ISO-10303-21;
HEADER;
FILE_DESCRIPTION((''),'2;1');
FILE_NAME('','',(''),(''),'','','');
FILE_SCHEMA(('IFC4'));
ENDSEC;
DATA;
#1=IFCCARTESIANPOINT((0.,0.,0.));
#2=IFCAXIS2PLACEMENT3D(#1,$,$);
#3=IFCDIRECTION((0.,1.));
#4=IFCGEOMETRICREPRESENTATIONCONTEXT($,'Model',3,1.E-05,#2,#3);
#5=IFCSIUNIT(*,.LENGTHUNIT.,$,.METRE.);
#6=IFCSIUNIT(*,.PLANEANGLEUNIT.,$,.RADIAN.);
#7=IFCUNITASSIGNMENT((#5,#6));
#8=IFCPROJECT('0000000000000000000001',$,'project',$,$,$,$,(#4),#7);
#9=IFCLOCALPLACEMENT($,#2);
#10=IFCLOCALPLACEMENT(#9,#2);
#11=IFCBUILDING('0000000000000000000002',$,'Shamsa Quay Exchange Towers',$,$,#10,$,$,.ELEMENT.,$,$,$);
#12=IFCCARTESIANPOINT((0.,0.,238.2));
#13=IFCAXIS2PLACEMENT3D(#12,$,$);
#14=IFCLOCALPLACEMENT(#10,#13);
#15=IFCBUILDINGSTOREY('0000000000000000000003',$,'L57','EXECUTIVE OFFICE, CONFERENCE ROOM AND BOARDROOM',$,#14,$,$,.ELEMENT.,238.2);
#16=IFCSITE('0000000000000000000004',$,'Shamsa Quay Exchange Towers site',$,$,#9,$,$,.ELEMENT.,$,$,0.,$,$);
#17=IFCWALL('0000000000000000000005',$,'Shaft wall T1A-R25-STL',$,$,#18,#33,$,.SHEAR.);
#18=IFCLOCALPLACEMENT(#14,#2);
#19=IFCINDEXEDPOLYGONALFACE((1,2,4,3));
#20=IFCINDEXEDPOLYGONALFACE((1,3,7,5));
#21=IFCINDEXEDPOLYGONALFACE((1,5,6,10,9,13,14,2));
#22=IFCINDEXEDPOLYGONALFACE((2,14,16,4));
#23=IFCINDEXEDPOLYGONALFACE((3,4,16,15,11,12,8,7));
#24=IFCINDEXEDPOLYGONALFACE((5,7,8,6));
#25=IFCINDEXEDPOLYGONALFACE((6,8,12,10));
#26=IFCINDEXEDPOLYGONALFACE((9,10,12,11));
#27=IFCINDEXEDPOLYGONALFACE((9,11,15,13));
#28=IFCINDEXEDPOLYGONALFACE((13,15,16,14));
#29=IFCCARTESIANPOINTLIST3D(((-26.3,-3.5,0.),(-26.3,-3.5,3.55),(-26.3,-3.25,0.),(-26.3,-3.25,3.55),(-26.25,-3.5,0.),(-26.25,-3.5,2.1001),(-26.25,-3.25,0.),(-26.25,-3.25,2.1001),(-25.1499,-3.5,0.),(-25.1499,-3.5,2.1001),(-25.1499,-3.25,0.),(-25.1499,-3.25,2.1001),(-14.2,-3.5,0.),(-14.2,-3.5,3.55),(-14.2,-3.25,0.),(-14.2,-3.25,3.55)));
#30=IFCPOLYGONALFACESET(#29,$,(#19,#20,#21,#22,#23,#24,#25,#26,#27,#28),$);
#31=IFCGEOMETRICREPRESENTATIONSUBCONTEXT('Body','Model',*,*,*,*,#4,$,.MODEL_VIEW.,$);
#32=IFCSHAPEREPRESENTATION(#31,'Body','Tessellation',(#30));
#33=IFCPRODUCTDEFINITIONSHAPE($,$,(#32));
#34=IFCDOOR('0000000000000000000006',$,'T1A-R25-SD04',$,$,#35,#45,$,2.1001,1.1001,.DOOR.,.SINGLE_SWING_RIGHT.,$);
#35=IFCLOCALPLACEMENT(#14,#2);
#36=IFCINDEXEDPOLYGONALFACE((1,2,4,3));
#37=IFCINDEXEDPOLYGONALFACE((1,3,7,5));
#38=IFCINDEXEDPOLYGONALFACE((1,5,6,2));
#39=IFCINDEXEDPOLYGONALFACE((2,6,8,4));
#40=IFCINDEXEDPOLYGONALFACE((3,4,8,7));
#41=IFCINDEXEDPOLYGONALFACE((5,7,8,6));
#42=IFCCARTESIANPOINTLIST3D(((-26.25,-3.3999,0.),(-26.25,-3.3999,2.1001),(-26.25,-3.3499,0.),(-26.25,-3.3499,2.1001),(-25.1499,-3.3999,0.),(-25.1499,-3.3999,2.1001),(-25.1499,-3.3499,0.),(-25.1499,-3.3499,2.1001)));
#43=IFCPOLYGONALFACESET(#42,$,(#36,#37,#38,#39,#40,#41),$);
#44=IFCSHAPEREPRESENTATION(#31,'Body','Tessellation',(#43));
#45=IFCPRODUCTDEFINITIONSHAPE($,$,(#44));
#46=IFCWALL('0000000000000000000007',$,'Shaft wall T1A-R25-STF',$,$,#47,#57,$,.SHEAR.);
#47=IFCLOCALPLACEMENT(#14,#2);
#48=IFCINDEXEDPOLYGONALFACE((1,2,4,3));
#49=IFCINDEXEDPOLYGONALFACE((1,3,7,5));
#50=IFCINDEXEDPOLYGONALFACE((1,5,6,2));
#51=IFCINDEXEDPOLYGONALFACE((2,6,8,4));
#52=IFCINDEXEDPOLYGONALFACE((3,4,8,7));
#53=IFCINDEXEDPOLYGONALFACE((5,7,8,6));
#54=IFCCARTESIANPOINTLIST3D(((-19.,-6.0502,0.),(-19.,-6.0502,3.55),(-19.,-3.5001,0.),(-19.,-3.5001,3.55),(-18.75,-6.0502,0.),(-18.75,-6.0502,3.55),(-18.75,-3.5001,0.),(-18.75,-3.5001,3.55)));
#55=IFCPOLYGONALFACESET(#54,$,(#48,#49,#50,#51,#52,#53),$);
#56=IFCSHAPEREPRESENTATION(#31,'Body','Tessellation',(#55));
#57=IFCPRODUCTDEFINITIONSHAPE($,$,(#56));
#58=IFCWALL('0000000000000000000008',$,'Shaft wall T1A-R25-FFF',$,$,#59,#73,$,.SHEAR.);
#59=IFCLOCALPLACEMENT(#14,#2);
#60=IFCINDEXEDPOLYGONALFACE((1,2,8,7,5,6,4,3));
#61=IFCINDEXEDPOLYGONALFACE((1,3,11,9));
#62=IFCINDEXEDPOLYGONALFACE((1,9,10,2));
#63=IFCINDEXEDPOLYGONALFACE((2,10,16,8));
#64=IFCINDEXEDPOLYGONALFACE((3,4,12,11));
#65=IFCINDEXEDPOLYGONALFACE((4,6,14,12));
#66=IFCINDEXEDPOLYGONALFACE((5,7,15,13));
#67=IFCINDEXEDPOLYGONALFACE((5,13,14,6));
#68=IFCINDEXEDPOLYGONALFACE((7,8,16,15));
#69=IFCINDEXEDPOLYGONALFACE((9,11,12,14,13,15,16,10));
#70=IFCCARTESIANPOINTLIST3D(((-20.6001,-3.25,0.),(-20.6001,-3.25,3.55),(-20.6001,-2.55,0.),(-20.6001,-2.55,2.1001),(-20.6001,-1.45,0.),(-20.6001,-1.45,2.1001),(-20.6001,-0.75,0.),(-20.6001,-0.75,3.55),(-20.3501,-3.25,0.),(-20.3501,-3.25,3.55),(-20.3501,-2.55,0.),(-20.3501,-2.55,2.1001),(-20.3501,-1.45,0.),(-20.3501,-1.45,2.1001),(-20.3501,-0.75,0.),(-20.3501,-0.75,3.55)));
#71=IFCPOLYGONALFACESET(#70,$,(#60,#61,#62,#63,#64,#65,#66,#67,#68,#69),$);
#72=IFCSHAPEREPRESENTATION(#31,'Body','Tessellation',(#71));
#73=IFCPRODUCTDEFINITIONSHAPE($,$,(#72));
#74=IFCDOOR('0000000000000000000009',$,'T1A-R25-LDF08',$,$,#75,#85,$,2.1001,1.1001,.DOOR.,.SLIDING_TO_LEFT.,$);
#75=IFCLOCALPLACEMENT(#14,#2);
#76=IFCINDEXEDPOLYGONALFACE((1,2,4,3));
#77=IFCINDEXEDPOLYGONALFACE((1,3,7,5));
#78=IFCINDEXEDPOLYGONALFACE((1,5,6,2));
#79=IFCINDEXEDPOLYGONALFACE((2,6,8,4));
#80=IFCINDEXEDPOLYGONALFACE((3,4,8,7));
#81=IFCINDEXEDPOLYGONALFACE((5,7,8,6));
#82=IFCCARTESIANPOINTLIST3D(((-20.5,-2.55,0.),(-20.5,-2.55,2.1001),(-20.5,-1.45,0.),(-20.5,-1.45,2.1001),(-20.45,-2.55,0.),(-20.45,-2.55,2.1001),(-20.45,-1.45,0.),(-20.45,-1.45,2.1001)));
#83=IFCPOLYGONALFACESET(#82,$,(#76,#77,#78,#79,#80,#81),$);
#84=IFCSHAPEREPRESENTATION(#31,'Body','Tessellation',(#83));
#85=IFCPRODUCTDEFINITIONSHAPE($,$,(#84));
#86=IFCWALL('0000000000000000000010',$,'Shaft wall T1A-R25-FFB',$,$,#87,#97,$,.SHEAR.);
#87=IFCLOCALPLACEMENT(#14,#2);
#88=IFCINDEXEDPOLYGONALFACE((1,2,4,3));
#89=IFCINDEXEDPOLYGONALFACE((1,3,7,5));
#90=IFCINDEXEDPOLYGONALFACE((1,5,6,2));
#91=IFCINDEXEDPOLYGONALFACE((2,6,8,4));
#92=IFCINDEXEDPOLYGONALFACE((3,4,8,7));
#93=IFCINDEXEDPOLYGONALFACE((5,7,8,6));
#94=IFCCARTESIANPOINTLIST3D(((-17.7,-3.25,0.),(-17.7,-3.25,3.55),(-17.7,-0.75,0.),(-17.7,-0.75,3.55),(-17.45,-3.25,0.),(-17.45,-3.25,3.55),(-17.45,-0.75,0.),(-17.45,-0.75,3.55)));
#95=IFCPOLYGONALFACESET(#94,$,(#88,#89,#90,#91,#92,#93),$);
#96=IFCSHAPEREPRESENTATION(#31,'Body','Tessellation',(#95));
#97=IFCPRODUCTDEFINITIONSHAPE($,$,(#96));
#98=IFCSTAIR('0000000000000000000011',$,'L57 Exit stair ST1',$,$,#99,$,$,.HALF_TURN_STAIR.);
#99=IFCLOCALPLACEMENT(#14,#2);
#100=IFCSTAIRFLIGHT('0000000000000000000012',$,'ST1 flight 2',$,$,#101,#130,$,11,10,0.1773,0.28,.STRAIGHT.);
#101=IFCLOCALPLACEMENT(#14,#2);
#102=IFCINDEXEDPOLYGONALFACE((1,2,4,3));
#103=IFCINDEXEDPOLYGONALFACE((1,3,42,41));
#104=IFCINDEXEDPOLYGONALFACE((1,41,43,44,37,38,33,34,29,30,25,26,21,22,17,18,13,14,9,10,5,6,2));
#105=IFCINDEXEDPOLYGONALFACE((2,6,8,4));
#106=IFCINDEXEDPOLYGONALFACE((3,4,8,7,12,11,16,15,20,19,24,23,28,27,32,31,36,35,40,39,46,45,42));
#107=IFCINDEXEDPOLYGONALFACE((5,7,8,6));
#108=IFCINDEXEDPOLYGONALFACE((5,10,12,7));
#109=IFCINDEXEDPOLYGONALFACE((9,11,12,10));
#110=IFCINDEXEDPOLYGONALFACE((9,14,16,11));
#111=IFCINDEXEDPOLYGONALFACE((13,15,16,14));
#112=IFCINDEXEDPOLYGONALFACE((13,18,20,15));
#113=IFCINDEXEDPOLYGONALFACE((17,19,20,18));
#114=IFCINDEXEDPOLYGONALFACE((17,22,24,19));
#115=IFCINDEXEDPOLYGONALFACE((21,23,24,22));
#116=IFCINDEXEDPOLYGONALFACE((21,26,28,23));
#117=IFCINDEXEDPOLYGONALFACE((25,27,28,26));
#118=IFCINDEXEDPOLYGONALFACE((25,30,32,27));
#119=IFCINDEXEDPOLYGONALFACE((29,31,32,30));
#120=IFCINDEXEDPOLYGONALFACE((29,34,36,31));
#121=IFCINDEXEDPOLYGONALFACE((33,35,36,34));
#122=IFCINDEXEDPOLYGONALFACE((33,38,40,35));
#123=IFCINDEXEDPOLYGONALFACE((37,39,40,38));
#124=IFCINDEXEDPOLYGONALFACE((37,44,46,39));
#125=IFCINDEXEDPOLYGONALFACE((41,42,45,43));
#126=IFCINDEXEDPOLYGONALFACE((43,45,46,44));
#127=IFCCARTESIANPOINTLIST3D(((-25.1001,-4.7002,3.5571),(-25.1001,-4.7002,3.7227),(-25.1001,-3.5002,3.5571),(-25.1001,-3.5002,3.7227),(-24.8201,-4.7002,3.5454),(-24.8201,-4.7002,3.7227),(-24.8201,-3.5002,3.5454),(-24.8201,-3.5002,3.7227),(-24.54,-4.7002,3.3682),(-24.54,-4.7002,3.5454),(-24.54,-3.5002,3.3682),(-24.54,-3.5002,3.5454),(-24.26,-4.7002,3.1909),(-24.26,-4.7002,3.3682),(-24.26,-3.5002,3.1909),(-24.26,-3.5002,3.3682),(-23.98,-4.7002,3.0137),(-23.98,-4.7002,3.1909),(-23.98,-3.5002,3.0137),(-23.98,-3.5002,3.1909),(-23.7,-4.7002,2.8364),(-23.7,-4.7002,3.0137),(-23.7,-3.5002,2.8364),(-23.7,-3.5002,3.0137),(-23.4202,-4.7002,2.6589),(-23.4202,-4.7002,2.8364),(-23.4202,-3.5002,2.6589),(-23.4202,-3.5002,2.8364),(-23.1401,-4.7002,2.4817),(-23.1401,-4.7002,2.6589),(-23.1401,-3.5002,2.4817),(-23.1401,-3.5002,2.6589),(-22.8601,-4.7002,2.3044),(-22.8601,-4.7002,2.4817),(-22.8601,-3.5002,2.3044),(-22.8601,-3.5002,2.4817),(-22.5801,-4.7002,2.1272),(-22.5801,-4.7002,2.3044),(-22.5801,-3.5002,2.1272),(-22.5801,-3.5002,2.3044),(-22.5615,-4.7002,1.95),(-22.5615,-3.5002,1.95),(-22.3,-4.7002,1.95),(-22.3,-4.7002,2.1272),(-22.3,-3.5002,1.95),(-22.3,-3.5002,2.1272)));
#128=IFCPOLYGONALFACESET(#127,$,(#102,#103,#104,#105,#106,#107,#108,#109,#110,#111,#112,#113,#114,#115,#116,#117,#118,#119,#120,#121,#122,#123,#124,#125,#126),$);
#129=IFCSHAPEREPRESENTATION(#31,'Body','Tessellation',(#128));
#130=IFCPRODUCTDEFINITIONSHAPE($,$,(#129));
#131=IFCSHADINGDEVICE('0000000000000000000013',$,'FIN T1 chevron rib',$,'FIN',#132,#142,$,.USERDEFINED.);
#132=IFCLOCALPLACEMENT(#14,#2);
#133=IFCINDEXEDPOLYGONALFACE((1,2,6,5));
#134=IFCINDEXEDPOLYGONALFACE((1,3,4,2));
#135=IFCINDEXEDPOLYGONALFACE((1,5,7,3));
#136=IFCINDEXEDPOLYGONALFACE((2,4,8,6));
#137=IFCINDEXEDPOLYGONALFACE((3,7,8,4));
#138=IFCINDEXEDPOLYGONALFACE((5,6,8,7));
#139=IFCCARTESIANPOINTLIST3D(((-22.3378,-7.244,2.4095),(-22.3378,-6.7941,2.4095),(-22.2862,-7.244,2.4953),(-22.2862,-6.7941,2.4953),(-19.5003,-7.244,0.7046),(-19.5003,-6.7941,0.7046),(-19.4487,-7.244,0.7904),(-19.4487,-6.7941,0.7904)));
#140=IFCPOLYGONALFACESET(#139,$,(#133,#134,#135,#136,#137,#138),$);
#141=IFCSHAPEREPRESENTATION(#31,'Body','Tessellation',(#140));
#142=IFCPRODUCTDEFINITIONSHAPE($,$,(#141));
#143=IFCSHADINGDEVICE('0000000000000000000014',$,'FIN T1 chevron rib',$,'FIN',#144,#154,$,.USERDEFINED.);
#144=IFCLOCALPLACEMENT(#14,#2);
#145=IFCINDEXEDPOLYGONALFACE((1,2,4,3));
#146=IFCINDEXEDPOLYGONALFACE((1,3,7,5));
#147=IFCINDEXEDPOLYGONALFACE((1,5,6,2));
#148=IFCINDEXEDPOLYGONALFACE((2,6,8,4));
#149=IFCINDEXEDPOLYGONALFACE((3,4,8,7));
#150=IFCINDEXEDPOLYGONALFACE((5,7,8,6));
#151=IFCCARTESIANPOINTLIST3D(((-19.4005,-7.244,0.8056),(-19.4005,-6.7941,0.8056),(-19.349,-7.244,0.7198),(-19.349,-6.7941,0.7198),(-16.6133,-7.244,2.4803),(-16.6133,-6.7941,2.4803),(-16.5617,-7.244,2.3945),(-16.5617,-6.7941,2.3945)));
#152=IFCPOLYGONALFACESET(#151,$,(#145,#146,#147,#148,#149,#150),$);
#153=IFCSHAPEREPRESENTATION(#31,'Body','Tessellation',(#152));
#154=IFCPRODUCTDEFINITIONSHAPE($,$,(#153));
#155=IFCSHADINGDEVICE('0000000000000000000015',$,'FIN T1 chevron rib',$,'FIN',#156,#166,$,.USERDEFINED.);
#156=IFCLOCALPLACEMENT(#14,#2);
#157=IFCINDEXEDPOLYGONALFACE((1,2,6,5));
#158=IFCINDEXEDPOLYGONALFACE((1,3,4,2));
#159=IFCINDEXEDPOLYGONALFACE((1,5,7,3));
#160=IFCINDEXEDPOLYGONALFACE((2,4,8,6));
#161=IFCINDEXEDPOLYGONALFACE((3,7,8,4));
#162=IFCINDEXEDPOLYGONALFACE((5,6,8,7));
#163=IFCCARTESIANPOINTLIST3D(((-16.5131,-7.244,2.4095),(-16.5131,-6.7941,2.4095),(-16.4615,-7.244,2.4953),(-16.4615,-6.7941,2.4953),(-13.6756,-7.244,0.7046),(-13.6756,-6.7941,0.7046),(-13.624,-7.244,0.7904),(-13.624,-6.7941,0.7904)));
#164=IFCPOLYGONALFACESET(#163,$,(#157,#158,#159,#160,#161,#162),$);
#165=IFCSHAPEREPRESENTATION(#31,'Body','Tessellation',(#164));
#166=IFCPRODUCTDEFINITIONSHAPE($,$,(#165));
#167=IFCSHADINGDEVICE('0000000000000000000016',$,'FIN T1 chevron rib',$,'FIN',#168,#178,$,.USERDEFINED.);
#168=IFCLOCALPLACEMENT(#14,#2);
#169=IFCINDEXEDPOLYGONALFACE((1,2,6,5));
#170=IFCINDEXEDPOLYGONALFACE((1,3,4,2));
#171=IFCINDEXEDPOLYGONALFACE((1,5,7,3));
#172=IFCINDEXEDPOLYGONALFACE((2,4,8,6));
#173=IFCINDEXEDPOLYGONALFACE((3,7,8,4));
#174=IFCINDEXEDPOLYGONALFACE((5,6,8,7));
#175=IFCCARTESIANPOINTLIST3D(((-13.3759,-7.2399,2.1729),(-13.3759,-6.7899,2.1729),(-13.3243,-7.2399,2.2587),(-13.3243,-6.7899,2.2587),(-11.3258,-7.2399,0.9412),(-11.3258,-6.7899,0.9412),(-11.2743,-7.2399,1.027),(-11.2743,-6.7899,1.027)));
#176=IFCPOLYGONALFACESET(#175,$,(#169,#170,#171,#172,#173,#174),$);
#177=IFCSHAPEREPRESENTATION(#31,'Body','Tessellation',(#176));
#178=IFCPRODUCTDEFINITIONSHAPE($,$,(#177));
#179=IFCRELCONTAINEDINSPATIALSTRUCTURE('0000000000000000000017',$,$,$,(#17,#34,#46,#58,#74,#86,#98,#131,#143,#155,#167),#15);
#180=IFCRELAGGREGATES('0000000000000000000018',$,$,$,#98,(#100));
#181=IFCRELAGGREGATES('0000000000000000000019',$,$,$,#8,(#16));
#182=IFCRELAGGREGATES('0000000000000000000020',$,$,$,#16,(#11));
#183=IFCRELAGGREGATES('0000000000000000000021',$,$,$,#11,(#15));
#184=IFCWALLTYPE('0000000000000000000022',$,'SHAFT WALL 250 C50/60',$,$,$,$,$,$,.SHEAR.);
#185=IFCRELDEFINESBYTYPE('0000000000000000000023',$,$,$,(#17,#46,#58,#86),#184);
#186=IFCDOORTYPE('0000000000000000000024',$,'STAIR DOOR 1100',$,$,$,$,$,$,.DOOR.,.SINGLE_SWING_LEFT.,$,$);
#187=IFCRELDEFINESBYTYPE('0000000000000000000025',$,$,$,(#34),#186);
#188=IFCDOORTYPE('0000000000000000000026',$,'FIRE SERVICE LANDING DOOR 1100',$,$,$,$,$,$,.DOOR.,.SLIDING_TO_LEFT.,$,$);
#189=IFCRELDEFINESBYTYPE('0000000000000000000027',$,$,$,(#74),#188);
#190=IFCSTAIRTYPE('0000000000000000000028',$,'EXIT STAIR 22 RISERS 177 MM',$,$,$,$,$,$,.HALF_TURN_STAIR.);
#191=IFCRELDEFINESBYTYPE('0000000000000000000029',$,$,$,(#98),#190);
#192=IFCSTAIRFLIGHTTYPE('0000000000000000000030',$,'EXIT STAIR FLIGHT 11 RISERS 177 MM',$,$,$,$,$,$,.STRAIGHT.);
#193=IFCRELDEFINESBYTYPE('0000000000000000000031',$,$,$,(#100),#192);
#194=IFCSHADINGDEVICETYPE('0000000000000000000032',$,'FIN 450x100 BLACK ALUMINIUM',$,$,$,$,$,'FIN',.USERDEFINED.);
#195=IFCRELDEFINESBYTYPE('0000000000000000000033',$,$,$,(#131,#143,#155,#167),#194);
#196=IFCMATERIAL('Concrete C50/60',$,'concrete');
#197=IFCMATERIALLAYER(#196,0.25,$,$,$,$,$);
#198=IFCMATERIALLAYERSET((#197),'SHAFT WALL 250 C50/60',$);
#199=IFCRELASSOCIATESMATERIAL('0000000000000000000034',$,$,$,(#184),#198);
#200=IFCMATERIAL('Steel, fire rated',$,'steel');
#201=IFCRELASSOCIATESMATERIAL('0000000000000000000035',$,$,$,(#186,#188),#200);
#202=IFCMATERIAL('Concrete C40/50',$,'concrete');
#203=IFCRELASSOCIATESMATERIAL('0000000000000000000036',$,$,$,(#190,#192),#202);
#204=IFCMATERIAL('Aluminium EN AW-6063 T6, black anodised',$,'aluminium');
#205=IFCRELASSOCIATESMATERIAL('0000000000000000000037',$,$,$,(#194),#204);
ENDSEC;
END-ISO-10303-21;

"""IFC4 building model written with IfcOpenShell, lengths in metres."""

from ifc_helpers import new_model, si_unit, direction, frame, frame_2d, origin, origin_2d, place, context, subcontext, project, spatial, polyline, rectangle, outline, extrude, material, layer, layer_set, material_profile, profile_set, type_object, element, fill, aggregate, save


model = new_model("IFC4")

# Units and contexts
model_context = context("Model", 3, precision=1e-05, world=origin(), true_north=direction((0.0, 1.0)))
body_context = subcontext(model_context, "Body", "Model", "MODEL_VIEW")
ifc_project = project(units=[si_unit("LENGTHUNIT", "METRE"), si_unit("PLANEANGLEUNIT", "RADIAN")], contexts=[model_context])

# Site, building, storey
site_placement = place(None, origin())
site = spatial("IfcSite", under=ifc_project, at=site_placement, Name="Shamsa Quay Exchange Towers site", CompositionType="ELEMENT", RefElevation=0.0)
building_placement = place(site_placement, origin())
building = spatial("IfcBuilding", under=site, at=building_placement, Name="Shamsa Quay Exchange Towers", CompositionType="ELEMENT")
storey_placement = place(building_placement, frame((0.0, 0.0, 238.2)))
storey = spatial("IfcBuildingStorey", under=building, at=storey_placement, Name="L57", Description="EXECUTIVE OFFICE, CONFERENCE ROOM AND BOARDROOM", CompositionType="ELEMENT", Elevation=238.2)

# Shared definitions
ifc_material_1 = material(Name="Aluminium EN AW-6063 T6, black anodised", Category="aluminium")

# Wall, opening, door
ifc_material_2 = material(Name="Concrete C50/60", Category="concrete")
ifc_layer_1 = layer(ifc_material_2, 0.25)
ifc_layer_set_1 = layer_set([ifc_layer_1], Name="SHAFT WALL 250 C50/60")
wall_type_1 = type_object("IfcWallType", Name="SHAFT WALL 250 C50/60", PredefinedType="SHEAR", material=ifc_layer_set_1)
wall_1_placement = place(storey_placement, frame((-14.2, -3.375, 0.0), z_axis=(0.0, 0.0, 1.0), x_axis=(-1.0, 0.0, 0.0)))
wall_1 = element("IfcWall", 1, at=wall_1_placement, inside=storey, type_object=wall_type_1, Name="Shaft wall T1A-R25-STL", PredefinedType="SHEAR", context=body_context, shape_type="SweptSolid", body=[
    extrude(rectangle(XDim=12.1001, YDim=0.25, at=frame_2d((6.05, 0.0))), origin(), (0.0, 0.0, 1.0), 3.55),
])
opening_1_placement = place(wall_1_placement, frame((10.95, 0.0, 0.0)))
opening_1 = element("IfcOpeningElement", 2, at=opening_1_placement, cuts=wall_1, PredefinedType="OPENING", context=body_context, shape_type="SweptSolid", body=[
    extrude(rectangle(XDim=1.1001, YDim=2.1001, at=frame_2d((0.55, 1.05))), frame((0.0, 0.135, 0.0), z_axis=(0.0, -1.0, 0.0), x_axis=(1.0, 0.0, 0.0)), (0.0, 0.0, 1.0), 0.27),
])
ifc_material_3 = material(Name="Steel, fire rated", Category="steel")
door_type_1 = type_object("IfcDoorType", Name="STAIR DOOR 1100", OperationType="SINGLE_SWING_LEFT", PredefinedType="DOOR", material=ifc_material_3)
door_1_placement = place(opening_1_placement, origin())
door_1 = element("IfcDoor", 3, at=door_1_placement, inside=storey, type_object=door_type_1, Name="T1A-R25-SD04", OperationType="SINGLE_SWING_RIGHT", OverallHeight=2.1001, OverallWidth=1.1001, PredefinedType="DOOR", context=body_context, shape_type="SweptSolid", body=[
    extrude(rectangle(XDim=1.1001, YDim=2.1001, at=frame_2d((0.55, 1.05))), frame((0.0, 0.0249, 0.0), z_axis=(0.0, -1.0, 0.0), x_axis=(1.0, 0.0, 0.0)), (0.0, 0.0, 1.0), 0.05),
])
fill(opening_1, door_1)

# Wall
wall_2_placement = place(storey_placement, frame((-18.875, -6.05, 0.0), z_axis=(0.0, 0.0, 1.0), x_axis=(0.0, 1.0, 0.0)))
element("IfcWall", 4, at=wall_2_placement, inside=storey, type_object=wall_type_1, Name="Shaft wall T1A-R25-STF", PredefinedType="SHEAR", context=body_context, shape_type="SweptSolid", body=[
    extrude(rectangle(XDim=2.55, YDim=0.25, at=frame_2d((1.2749, 0.0))), origin(), (0.0, 0.0, 1.0), 3.55),
])

# Wall, opening, door
wall_3_placement = place(storey_placement, frame((-20.4751, -3.25, 0.0), z_axis=(0.0, 0.0, 1.0), x_axis=(0.0, 1.0, 0.0)))
wall_3 = element("IfcWall", 5, at=wall_3_placement, inside=storey, type_object=wall_type_1, Name="Shaft wall T1A-R25-FFF", PredefinedType="SHEAR", context=body_context, shape_type="SweptSolid", body=[
    extrude(rectangle(XDim=2.5, YDim=0.25, at=frame_2d((1.25, 0.0))), origin(), (0.0, 0.0, 1.0), 3.55),
])
opening_2_placement = place(wall_3_placement, frame((0.7, 0.0, 0.0)))
opening_2 = element("IfcOpeningElement", 6, at=opening_2_placement, cuts=wall_3, PredefinedType="OPENING", context=body_context, shape_type="SweptSolid", body=[
    extrude(rectangle(XDim=1.1001, YDim=2.1001, at=frame_2d((0.55, 1.05))), frame((0.0, 0.135, 0.0), z_axis=(0.0, -1.0, 0.0), x_axis=(1.0, 0.0, 0.0)), (0.0, 0.0, 1.0), 0.27),
])
door_type_2 = type_object("IfcDoorType", Name="FIRE SERVICE LANDING DOOR 1100", OperationType="SLIDING_TO_LEFT", PredefinedType="DOOR", material=ifc_material_3)
door_2_placement = place(opening_2_placement, origin())
door_2 = element("IfcDoor", 7, at=door_2_placement, inside=storey, type_object=door_type_2, Name="T1A-R25-LDF08", OperationType="SLIDING_TO_LEFT", OverallHeight=2.1001, OverallWidth=1.1001, PredefinedType="DOOR", context=body_context, shape_type="SweptSolid", body=[
    extrude(rectangle(XDim=1.1001, YDim=2.1001, at=frame_2d((0.55, 1.05))), frame((0.0, 0.0249, 0.0), z_axis=(0.0, -1.0, 0.0), x_axis=(1.0, 0.0, 0.0)), (0.0, 0.0, 1.0), 0.05),
])
fill(opening_2, door_2)

# Wall
wall_4_placement = place(storey_placement, frame((-17.575, -3.25, 0.0), z_axis=(0.0, 0.0, 1.0), x_axis=(0.0, 1.0, 0.0)))
element("IfcWall", 8, at=wall_4_placement, inside=storey, type_object=wall_type_1, Name="Shaft wall T1A-R25-FFB", PredefinedType="SHEAR", context=body_context, shape_type="SweptSolid", body=[
    extrude(rectangle(XDim=2.5, YDim=0.25, at=frame_2d((1.25, 0.0))), origin(), (0.0, 0.0, 1.0), 3.55),
])

# Stair, stair flight
ifc_material_4 = material(Name="Concrete C40/50", Category="concrete")
stair_type = type_object("IfcStairType", Name="EXIT STAIR 22 RISERS 177 MM", PredefinedType="HALF_TURN_STAIR", material=ifc_material_4)
stair_placement = place(storey_placement, origin())
stair = element("IfcStair", 9, at=stair_placement, inside=storey, type_object=stair_type, Name="L57 Exit stair ST1", PredefinedType="HALF_TURN_STAIR")
stair_flight_type = type_object("IfcStairFlightType", Name="EXIT STAIR FLIGHT 11 RISERS 177 MM", PredefinedType="STRAIGHT", material=ifc_material_4)
stair_flight_placement = place(storey_placement, frame((-22.3, -4.1001, 1.95), z_axis=(0.0, 0.0, 1.0), x_axis=(-1.0, 0.0, 0.0)))
stair_flight = element("IfcStairFlight", 10, at=stair_flight_placement, type_object=stair_flight_type, Name="ST1 flight 2", NumberOfRisers=11, NumberOfTreads=10, PredefinedType="STRAIGHT", RiserHeight=0.1773, TreadLength=0.28, context=body_context, shape_type="SweptSolid", body=[
    extrude(outline(polyline([(0.0, 0.0), (0.0, 0.1772), (0.28, 0.1772), (0.28, 0.3545), (0.5601, 0.3545), (0.5601, 0.5317), (0.8401, 0.5317), (0.8401, 0.709), (1.1201, 0.709), (1.1201, 0.8865), (1.3999, 0.8865), (1.3999, 1.0637), (1.6799, 1.0637), (1.6799, 1.241), (1.96, 1.241), (1.96, 1.4182), (2.24, 1.4182), (2.24, 1.5955), (2.52, 1.5955), (2.52, 1.7727), (2.8, 1.7727), (2.8, 1.95), (2.8, 1.6072), (0.2615, 0.0), (0.0, 0.0)])), frame((0.0, 0.6001, 0.0), z_axis=(0.0, -1.0, 0.0), x_axis=(1.0, 0.0, 0.0)), (0.0, 0.0, 1.0), 1.2),
])
aggregate(stair, [stair_flight])

# Shading devices
ifc_material_profile_1 = material_profile(ifc_material_1, rectangle(XDim=0.45, YDim=0.1001, at=origin_2d()), Name="FIN450x100")
ifc_profile_set_1 = profile_set([ifc_material_profile_1], Name="Aluminium EN AW-6063 T6, black anodised")
shading_device_type = type_object("IfcShadingDeviceType", Name="FIN 450x100 BLACK ALUMINIUM", ElementType="FIN", PredefinedType="USERDEFINED", material=ifc_profile_set_1)
shading_device_1_placement = place(storey_placement, frame((-22.312, -7.019, 2.4524), z_axis=(0.857174, 0.0, -0.515027), x_axis=(0.0, 1.0, 0.0)))
element("IfcShadingDevice", 11, at=shading_device_1_placement, inside=storey, type_object=shading_device_type, Name="FIN T1 chevron rib", ObjectType="FIN", PredefinedType="USERDEFINED", context=body_context, shape_type="SweptSolid", body=[
    extrude(rectangle(XDim=0.45, YDim=0.1001, at=origin_2d()), origin(), (0.0, 0.0, 1.0), 3.3103),
])
shading_device_2_placement = place(storey_placement, frame((-19.3748, -7.019, 0.7627), z_axis=(0.857168, 0.0, 0.515037), x_axis=(0.0, 1.0, 0.0)))
element("IfcShadingDevice", 12, at=shading_device_2_placement, inside=storey, type_object=shading_device_type, Name="FIN T1 chevron rib", ObjectType="FIN", PredefinedType="USERDEFINED", context=body_context, shape_type="SweptSolid", body=[
    extrude(rectangle(XDim=0.45, YDim=0.1001, at=origin_2d()), origin(), (0.0, 0.0, 1.0), 3.2517),
])
shading_device_3_placement = place(storey_placement, frame((-16.4873, -7.019, 2.4524), z_axis=(0.857174, 0.0, -0.515027), x_axis=(0.0, 1.0, 0.0)))
element("IfcShadingDevice", 13, at=shading_device_3_placement, inside=storey, type_object=shading_device_type, Name="FIN T1 chevron rib", ObjectType="FIN", PredefinedType="USERDEFINED", context=body_context, shape_type="SweptSolid", body=[
    extrude(rectangle(XDim=0.45, YDim=0.1001, at=origin_2d()), origin(), (0.0, 0.0, 1.0), 3.3103),
])
for number, where, z_axis, x_axis, name in (
    (14, (-13.3501, -7.0149, 2.2158), (0.857187, 0.0, -0.515006), (0.0, 1.0, 0.0), "FIN T1 chevron rib"),
):
    element("IfcShadingDevice", number, at=place(storey_placement, frame(where, z_axis=z_axis, x_axis=x_axis)), inside=storey, type_object=shading_device_type, Name=name, ObjectType="FIN", PredefinedType="USERDEFINED", context=body_context, shape_type="SweptSolid", body=[
        extrude(rectangle(XDim=0.45, YDim=0.1001, at=origin_2d()), origin(), (0.0, 0.0, 1.0), 2.3916),
    ])

save(model, "model.ifc")
